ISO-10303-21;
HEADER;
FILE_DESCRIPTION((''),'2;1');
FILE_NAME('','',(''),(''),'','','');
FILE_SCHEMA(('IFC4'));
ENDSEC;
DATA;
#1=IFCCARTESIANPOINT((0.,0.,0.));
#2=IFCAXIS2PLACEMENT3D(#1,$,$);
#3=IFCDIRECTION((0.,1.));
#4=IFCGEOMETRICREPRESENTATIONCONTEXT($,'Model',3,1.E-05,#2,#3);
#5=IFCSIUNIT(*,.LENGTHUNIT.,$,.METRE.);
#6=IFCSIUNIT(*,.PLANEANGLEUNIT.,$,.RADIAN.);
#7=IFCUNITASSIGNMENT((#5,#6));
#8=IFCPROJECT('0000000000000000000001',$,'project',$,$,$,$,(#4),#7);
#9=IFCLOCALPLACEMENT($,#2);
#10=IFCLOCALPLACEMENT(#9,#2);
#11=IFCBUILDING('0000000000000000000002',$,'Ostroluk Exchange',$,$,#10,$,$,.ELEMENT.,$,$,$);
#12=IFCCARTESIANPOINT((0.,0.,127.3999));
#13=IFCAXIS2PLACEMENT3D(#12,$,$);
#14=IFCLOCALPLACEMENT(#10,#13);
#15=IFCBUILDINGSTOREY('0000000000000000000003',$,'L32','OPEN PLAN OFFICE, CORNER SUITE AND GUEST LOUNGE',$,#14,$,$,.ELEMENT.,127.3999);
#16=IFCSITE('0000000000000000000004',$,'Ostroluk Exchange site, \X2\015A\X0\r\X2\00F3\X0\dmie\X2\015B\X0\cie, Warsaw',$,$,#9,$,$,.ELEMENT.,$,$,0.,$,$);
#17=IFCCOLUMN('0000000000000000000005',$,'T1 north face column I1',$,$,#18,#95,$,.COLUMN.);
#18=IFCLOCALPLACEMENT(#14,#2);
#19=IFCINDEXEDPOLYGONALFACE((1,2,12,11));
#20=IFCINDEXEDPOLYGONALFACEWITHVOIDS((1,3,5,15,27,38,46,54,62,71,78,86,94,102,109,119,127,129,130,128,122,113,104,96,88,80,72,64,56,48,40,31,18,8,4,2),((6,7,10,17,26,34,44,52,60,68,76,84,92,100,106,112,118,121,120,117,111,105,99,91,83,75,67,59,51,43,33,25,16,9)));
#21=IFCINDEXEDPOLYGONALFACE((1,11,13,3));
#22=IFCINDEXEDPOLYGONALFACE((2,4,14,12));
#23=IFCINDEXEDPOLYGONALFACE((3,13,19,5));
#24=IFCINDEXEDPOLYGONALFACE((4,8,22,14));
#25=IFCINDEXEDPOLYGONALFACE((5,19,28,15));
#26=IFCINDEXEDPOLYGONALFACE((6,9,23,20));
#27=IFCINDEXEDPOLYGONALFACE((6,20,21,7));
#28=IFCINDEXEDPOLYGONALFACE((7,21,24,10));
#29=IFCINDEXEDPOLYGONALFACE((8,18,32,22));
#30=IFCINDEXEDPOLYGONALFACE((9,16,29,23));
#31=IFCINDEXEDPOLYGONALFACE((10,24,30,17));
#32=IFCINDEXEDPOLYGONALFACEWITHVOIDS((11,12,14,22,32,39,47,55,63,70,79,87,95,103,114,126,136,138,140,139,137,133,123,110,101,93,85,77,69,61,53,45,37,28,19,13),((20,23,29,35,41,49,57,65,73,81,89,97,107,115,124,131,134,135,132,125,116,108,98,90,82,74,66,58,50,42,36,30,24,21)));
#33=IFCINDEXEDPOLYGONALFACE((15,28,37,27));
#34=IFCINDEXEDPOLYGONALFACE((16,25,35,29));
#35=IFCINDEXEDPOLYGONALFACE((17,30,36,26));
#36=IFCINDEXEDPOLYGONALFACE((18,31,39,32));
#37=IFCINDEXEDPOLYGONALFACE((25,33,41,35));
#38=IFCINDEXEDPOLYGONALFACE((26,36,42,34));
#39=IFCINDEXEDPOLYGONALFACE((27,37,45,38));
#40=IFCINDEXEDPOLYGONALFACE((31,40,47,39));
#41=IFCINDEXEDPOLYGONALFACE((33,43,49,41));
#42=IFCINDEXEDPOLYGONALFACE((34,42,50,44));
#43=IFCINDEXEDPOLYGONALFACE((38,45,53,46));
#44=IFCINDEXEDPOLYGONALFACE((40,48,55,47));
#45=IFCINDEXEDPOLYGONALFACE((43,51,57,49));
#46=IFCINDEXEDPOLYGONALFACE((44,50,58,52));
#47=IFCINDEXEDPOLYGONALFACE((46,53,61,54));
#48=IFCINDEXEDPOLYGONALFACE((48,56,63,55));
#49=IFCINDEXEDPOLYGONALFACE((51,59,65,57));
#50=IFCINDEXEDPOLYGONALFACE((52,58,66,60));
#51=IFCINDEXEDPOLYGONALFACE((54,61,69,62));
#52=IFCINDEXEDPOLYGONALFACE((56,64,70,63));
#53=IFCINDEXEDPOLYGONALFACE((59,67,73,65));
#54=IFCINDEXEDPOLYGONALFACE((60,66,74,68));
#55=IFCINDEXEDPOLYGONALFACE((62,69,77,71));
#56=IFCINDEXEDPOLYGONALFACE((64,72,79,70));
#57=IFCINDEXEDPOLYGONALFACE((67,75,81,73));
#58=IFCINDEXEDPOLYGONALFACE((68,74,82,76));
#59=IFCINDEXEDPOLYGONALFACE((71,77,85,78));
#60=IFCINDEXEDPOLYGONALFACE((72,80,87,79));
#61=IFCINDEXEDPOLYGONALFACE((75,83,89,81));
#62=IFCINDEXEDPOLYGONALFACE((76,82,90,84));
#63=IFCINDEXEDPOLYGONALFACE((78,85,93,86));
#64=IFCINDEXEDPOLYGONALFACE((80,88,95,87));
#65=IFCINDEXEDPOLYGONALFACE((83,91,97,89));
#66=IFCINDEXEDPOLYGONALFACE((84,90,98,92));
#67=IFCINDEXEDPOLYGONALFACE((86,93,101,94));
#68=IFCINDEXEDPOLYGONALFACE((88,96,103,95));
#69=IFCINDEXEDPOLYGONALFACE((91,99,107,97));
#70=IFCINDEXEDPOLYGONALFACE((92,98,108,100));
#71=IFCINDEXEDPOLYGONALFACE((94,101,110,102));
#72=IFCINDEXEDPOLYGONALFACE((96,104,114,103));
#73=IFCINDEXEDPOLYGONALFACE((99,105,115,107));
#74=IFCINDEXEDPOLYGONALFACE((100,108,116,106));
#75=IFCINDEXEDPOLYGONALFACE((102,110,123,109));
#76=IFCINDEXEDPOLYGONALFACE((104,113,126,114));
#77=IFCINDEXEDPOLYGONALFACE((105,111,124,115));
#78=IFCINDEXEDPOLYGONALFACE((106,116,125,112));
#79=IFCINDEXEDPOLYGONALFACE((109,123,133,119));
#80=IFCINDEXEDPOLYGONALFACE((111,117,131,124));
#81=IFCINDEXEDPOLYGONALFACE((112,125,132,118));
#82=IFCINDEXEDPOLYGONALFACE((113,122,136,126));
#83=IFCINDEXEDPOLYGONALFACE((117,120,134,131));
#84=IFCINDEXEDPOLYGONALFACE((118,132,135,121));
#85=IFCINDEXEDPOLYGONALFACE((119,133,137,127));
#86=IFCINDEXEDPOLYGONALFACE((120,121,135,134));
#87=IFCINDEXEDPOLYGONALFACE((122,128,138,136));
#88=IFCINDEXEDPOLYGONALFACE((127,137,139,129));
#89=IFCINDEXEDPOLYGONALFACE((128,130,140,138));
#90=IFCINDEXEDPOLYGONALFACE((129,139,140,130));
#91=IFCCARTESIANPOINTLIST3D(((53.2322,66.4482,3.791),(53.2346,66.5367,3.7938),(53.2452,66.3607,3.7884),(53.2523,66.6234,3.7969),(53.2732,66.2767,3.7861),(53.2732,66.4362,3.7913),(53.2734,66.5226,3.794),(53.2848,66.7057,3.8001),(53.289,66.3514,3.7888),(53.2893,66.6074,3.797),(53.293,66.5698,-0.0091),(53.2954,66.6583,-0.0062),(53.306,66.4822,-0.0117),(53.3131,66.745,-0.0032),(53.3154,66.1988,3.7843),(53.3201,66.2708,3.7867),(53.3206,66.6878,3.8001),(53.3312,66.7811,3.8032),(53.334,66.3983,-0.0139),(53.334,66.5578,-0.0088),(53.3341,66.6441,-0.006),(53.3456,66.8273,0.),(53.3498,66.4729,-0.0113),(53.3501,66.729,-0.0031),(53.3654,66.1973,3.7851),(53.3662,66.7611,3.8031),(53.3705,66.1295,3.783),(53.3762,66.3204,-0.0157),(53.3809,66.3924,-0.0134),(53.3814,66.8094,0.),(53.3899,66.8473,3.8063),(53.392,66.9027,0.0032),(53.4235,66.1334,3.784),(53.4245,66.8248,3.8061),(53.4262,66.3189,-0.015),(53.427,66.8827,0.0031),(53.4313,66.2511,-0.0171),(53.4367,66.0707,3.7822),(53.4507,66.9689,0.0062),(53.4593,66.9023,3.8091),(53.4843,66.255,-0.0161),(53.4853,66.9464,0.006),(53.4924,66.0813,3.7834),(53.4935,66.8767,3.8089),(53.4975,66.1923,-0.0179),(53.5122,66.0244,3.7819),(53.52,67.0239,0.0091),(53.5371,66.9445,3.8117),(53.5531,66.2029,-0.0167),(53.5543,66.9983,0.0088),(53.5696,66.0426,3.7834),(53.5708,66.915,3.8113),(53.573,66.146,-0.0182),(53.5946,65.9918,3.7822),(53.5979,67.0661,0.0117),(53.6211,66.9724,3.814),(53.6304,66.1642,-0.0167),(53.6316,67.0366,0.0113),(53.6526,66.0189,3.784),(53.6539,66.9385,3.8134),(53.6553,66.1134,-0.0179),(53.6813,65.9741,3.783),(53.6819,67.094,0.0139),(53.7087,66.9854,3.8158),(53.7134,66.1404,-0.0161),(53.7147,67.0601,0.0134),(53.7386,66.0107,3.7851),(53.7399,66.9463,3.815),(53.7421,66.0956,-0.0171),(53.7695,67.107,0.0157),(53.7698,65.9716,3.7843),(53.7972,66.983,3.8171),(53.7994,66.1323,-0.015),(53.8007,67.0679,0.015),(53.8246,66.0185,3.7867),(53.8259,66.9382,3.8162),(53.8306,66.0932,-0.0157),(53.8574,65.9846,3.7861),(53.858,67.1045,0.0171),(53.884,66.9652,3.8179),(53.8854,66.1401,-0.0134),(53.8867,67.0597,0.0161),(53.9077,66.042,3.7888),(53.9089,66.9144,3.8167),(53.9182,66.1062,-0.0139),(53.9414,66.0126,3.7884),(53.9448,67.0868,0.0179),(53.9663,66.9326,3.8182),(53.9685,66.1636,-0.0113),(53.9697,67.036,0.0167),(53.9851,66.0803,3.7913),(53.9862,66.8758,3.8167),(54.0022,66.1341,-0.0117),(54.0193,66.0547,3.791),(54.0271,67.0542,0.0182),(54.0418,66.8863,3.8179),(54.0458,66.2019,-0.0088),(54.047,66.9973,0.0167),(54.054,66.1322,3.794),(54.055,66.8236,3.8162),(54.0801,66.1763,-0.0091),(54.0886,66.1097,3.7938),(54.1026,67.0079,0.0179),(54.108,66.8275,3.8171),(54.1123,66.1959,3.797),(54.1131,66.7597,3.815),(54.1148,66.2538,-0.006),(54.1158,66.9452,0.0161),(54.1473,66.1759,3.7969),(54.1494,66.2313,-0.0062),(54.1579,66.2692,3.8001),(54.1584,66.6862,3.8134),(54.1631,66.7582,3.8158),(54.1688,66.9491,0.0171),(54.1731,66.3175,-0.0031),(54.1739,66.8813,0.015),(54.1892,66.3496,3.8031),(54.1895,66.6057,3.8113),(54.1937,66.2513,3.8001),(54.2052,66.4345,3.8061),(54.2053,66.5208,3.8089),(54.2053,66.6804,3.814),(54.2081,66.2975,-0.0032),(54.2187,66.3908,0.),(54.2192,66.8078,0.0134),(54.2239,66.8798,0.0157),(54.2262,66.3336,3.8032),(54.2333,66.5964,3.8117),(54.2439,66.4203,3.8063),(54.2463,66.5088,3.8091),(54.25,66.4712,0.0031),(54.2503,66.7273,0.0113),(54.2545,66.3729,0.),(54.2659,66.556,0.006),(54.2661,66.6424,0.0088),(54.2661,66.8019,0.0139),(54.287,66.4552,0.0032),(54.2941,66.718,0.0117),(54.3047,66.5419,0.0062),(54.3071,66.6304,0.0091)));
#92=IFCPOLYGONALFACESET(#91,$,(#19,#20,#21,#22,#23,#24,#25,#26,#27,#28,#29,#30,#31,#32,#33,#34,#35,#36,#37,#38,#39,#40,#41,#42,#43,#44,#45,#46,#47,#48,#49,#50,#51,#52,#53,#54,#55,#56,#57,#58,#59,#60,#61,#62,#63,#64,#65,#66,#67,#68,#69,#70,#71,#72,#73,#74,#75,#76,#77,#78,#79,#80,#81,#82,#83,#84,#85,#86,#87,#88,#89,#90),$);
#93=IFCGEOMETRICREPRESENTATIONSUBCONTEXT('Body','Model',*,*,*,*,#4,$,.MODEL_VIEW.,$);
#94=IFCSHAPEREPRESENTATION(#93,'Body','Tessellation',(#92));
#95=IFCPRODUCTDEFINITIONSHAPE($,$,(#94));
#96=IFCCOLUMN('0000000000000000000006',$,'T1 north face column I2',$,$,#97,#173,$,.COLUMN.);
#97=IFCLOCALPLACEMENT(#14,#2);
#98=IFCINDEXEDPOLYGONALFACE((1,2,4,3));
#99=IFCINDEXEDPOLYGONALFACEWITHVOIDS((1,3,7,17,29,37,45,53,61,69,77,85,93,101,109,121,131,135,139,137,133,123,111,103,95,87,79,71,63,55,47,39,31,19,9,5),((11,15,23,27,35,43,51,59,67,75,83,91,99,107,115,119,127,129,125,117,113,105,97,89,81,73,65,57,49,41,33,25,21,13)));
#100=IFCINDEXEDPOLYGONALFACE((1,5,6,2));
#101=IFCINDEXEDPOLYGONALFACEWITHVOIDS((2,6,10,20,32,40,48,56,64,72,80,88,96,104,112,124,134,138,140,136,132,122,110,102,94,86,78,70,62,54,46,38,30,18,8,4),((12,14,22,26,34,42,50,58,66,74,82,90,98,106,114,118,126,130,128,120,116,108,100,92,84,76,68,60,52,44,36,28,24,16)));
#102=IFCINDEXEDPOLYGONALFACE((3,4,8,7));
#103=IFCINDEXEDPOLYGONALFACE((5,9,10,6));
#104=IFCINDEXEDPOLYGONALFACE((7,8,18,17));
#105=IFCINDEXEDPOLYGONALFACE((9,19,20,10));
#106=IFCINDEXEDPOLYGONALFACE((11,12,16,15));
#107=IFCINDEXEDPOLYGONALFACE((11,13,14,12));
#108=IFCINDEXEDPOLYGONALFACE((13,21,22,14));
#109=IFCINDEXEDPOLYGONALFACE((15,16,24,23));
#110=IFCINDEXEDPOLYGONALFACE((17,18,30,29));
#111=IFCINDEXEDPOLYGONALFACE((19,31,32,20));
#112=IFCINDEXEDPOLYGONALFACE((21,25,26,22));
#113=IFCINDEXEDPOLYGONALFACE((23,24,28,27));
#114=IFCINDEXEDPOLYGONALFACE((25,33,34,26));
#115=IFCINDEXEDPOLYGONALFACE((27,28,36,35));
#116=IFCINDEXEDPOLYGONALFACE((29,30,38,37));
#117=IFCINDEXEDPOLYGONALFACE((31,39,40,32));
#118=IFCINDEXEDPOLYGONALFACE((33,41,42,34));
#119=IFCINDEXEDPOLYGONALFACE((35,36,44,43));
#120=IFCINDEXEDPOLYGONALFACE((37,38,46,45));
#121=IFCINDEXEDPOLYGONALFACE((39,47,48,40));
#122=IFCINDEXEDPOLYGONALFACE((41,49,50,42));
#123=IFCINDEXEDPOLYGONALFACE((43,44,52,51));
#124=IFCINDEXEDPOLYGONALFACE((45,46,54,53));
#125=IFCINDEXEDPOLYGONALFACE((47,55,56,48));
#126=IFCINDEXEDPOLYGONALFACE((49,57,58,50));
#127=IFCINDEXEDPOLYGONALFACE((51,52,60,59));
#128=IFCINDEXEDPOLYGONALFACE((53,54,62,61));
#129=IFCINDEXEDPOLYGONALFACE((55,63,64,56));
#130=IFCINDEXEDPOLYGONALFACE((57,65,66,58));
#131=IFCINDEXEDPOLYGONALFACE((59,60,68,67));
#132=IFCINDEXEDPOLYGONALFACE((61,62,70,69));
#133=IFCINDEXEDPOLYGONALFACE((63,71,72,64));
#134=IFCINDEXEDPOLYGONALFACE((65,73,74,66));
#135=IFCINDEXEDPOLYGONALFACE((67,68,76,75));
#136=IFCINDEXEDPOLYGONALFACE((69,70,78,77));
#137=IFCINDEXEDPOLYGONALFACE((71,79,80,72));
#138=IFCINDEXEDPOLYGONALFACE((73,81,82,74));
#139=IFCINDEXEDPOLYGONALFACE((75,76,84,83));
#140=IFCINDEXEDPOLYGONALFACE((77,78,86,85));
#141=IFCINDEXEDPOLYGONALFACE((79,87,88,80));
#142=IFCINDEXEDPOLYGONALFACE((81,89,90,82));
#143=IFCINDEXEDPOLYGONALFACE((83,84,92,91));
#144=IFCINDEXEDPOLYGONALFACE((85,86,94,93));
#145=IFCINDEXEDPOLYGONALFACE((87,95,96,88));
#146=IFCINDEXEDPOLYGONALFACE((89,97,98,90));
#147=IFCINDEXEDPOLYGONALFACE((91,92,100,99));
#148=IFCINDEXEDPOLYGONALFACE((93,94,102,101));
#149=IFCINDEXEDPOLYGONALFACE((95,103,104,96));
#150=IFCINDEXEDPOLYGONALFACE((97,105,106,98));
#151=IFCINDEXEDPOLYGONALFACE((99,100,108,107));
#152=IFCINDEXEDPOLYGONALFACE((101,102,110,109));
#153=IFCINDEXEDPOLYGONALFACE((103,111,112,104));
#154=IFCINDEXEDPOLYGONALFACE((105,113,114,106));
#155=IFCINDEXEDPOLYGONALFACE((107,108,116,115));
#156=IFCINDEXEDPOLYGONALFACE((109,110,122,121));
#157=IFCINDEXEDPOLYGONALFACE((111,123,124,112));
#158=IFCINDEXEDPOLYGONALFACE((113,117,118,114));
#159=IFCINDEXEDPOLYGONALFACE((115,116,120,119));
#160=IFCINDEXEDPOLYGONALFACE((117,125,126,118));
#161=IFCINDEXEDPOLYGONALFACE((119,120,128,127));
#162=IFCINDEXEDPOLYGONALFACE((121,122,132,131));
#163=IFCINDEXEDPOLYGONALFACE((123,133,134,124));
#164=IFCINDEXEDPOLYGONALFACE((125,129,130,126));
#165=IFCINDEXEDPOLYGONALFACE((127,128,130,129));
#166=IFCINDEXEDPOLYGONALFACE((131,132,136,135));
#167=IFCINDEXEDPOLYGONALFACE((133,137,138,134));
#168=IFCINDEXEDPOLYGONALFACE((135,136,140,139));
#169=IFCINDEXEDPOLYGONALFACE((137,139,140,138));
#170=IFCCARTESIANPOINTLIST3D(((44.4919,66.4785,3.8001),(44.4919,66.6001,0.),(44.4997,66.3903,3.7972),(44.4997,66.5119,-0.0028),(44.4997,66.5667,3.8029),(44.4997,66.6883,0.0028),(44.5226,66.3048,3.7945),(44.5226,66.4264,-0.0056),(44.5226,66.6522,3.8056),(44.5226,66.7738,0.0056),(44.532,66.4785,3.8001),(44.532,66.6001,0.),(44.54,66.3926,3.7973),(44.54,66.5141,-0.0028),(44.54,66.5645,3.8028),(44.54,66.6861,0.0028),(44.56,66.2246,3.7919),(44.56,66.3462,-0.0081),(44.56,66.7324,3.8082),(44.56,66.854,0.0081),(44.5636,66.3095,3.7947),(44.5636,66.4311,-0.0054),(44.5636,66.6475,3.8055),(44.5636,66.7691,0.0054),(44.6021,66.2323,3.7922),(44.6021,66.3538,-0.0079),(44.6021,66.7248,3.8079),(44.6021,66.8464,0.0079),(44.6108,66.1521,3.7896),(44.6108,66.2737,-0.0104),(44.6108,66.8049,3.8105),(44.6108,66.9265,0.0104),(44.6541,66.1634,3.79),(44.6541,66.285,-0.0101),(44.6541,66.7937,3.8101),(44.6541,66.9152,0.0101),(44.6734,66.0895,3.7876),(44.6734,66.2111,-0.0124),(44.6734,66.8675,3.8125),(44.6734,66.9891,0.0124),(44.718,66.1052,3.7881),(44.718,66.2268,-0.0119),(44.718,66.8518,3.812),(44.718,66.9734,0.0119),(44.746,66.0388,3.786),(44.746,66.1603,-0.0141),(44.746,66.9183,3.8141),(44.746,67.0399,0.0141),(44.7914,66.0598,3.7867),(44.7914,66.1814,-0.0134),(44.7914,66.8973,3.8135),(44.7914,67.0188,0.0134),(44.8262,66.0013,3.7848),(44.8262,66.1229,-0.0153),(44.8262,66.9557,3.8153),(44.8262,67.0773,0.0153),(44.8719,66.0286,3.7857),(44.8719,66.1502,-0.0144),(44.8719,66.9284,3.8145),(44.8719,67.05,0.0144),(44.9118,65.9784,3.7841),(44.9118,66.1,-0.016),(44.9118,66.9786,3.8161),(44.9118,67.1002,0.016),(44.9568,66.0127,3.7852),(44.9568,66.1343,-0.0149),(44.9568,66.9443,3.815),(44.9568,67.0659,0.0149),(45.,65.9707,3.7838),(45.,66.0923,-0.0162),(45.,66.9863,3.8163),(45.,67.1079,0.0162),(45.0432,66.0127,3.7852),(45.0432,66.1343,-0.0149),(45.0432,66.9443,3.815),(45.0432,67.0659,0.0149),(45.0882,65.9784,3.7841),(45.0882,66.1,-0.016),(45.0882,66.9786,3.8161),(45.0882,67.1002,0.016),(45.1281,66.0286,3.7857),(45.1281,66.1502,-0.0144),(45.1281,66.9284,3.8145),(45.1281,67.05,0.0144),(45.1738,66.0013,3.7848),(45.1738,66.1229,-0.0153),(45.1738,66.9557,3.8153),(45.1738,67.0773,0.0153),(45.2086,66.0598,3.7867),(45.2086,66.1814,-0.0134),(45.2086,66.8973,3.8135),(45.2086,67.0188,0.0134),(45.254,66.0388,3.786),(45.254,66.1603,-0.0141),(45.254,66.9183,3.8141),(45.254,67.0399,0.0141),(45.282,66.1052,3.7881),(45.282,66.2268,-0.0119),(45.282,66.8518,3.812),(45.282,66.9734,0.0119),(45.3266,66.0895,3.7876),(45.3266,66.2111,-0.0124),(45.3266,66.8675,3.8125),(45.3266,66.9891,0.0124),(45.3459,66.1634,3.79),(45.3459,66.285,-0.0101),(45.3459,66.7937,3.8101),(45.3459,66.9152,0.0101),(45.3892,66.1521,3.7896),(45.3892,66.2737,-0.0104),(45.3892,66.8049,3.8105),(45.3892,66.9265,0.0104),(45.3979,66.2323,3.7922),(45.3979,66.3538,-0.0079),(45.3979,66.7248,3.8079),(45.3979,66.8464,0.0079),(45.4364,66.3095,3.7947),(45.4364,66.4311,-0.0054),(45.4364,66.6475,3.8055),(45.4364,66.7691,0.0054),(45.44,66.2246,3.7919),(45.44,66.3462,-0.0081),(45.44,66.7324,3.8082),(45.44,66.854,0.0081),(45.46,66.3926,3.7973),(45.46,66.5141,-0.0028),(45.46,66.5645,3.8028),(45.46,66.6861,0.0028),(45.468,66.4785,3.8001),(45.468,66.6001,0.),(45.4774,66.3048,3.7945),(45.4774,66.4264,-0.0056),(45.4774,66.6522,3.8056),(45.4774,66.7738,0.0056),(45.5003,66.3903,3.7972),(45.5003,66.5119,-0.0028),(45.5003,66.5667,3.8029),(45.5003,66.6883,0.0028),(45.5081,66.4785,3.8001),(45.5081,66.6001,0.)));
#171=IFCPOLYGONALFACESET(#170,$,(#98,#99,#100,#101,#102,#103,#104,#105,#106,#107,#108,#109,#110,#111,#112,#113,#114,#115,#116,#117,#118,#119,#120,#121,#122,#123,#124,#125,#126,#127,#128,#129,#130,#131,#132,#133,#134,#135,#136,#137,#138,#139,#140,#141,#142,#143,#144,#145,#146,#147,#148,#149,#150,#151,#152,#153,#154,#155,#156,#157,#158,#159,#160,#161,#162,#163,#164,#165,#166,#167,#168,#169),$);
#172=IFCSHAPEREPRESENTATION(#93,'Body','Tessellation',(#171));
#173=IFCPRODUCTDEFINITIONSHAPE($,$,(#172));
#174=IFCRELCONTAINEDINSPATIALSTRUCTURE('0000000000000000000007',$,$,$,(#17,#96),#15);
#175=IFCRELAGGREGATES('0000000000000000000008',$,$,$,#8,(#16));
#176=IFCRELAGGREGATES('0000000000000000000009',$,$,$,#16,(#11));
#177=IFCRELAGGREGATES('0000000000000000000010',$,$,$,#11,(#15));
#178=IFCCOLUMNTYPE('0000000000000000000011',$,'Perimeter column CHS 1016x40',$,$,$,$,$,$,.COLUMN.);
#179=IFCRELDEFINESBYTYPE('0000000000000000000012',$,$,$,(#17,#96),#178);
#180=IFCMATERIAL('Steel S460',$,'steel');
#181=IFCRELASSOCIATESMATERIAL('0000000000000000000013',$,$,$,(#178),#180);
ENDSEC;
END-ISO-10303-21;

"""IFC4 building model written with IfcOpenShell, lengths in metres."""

from ifc_helpers import new_model, si_unit, direction, frame, origin, origin_2d, place, context, subcontext, project, spatial, hollow_circle, extrude, material, material_profile, profile_set, type_object, element, save


model = new_model("IFC4")

# Units and contexts
model_context = context("Model", 3, precision=1e-05, world=origin(), true_north=direction((0.0, 1.0)))
body_context = subcontext(model_context, "Body", "Model", "MODEL_VIEW")
ifc_project = project(units=[si_unit("LENGTHUNIT", "METRE"), si_unit("PLANEANGLEUNIT", "RADIAN")], contexts=[model_context])

# Site, building, storey
site_placement = place(None, origin())
site = spatial("IfcSite", under=ifc_project, at=site_placement, Name="Ostroluk Exchange site, Śródmieście, Warsaw", CompositionType="ELEMENT", RefElevation=0.0)
building_placement = place(site_placement, origin())
building = spatial("IfcBuilding", under=site, at=building_placement, Name="Ostroluk Exchange", CompositionType="ELEMENT")
storey_placement = place(building_placement, frame((0.0, 0.0, 127.3999)))
storey = spatial("IfcBuildingStorey", under=building, at=storey_placement, Name="L32", Description="OPEN PLAN OFFICE, CORNER SUITE AND GUEST LOUNGE", CompositionType="ELEMENT", Elevation=127.3999)

# Columns
ifc_material_1 = material(Name="Steel S460", Category="steel")
ifc_material_profile_1 = material_profile(ifc_material_1, hollow_circle(Radius=0.5081, WallThickness=0.04, at=origin_2d()), Name="CHS 1016x40")
ifc_profile_set_1 = profile_set([ifc_material_profile_1], Name="Steel S460")
column_type = type_object("IfcColumnType", Name="Perimeter column CHS 1016x40", PredefinedType="COLUMN", material=ifc_profile_set_1)
column_1_placement = place(storey_placement, frame((53.8, 66.6001, 0.0), z_axis=(-0.015987, -0.031974, 0.999361), x_axis=(0.894427, -0.447214, 0.0)))
element("IfcColumn", 1, at=column_1_placement, inside=storey, type_object=column_type, Name="T1 north face column I1", PredefinedType="COLUMN", context=body_context, shape_type="SweptSolid", body=[
    extrude(hollow_circle(Radius=0.5081, WallThickness=0.04, at=origin_2d()), origin(), (0.0, 0.0, 1.0), 3.8025),
])
column_2_placement = place(storey_placement, frame((45.0, 66.6001, 0.0), z_axis=(0.0, -0.031978, 0.999489), x_axis=(1.0, 0.0, 0.0)))
element("IfcColumn", 2, at=column_2_placement, inside=storey, type_object=column_type, Name="T1 north face column I2", PredefinedType="COLUMN", context=body_context, shape_type="SweptSolid", body=[
    extrude(hollow_circle(Radius=0.5081, WallThickness=0.04, at=origin_2d()), origin(), (0.0, 0.0, 1.0), 3.802),
])

save(model, "model.ifc")
